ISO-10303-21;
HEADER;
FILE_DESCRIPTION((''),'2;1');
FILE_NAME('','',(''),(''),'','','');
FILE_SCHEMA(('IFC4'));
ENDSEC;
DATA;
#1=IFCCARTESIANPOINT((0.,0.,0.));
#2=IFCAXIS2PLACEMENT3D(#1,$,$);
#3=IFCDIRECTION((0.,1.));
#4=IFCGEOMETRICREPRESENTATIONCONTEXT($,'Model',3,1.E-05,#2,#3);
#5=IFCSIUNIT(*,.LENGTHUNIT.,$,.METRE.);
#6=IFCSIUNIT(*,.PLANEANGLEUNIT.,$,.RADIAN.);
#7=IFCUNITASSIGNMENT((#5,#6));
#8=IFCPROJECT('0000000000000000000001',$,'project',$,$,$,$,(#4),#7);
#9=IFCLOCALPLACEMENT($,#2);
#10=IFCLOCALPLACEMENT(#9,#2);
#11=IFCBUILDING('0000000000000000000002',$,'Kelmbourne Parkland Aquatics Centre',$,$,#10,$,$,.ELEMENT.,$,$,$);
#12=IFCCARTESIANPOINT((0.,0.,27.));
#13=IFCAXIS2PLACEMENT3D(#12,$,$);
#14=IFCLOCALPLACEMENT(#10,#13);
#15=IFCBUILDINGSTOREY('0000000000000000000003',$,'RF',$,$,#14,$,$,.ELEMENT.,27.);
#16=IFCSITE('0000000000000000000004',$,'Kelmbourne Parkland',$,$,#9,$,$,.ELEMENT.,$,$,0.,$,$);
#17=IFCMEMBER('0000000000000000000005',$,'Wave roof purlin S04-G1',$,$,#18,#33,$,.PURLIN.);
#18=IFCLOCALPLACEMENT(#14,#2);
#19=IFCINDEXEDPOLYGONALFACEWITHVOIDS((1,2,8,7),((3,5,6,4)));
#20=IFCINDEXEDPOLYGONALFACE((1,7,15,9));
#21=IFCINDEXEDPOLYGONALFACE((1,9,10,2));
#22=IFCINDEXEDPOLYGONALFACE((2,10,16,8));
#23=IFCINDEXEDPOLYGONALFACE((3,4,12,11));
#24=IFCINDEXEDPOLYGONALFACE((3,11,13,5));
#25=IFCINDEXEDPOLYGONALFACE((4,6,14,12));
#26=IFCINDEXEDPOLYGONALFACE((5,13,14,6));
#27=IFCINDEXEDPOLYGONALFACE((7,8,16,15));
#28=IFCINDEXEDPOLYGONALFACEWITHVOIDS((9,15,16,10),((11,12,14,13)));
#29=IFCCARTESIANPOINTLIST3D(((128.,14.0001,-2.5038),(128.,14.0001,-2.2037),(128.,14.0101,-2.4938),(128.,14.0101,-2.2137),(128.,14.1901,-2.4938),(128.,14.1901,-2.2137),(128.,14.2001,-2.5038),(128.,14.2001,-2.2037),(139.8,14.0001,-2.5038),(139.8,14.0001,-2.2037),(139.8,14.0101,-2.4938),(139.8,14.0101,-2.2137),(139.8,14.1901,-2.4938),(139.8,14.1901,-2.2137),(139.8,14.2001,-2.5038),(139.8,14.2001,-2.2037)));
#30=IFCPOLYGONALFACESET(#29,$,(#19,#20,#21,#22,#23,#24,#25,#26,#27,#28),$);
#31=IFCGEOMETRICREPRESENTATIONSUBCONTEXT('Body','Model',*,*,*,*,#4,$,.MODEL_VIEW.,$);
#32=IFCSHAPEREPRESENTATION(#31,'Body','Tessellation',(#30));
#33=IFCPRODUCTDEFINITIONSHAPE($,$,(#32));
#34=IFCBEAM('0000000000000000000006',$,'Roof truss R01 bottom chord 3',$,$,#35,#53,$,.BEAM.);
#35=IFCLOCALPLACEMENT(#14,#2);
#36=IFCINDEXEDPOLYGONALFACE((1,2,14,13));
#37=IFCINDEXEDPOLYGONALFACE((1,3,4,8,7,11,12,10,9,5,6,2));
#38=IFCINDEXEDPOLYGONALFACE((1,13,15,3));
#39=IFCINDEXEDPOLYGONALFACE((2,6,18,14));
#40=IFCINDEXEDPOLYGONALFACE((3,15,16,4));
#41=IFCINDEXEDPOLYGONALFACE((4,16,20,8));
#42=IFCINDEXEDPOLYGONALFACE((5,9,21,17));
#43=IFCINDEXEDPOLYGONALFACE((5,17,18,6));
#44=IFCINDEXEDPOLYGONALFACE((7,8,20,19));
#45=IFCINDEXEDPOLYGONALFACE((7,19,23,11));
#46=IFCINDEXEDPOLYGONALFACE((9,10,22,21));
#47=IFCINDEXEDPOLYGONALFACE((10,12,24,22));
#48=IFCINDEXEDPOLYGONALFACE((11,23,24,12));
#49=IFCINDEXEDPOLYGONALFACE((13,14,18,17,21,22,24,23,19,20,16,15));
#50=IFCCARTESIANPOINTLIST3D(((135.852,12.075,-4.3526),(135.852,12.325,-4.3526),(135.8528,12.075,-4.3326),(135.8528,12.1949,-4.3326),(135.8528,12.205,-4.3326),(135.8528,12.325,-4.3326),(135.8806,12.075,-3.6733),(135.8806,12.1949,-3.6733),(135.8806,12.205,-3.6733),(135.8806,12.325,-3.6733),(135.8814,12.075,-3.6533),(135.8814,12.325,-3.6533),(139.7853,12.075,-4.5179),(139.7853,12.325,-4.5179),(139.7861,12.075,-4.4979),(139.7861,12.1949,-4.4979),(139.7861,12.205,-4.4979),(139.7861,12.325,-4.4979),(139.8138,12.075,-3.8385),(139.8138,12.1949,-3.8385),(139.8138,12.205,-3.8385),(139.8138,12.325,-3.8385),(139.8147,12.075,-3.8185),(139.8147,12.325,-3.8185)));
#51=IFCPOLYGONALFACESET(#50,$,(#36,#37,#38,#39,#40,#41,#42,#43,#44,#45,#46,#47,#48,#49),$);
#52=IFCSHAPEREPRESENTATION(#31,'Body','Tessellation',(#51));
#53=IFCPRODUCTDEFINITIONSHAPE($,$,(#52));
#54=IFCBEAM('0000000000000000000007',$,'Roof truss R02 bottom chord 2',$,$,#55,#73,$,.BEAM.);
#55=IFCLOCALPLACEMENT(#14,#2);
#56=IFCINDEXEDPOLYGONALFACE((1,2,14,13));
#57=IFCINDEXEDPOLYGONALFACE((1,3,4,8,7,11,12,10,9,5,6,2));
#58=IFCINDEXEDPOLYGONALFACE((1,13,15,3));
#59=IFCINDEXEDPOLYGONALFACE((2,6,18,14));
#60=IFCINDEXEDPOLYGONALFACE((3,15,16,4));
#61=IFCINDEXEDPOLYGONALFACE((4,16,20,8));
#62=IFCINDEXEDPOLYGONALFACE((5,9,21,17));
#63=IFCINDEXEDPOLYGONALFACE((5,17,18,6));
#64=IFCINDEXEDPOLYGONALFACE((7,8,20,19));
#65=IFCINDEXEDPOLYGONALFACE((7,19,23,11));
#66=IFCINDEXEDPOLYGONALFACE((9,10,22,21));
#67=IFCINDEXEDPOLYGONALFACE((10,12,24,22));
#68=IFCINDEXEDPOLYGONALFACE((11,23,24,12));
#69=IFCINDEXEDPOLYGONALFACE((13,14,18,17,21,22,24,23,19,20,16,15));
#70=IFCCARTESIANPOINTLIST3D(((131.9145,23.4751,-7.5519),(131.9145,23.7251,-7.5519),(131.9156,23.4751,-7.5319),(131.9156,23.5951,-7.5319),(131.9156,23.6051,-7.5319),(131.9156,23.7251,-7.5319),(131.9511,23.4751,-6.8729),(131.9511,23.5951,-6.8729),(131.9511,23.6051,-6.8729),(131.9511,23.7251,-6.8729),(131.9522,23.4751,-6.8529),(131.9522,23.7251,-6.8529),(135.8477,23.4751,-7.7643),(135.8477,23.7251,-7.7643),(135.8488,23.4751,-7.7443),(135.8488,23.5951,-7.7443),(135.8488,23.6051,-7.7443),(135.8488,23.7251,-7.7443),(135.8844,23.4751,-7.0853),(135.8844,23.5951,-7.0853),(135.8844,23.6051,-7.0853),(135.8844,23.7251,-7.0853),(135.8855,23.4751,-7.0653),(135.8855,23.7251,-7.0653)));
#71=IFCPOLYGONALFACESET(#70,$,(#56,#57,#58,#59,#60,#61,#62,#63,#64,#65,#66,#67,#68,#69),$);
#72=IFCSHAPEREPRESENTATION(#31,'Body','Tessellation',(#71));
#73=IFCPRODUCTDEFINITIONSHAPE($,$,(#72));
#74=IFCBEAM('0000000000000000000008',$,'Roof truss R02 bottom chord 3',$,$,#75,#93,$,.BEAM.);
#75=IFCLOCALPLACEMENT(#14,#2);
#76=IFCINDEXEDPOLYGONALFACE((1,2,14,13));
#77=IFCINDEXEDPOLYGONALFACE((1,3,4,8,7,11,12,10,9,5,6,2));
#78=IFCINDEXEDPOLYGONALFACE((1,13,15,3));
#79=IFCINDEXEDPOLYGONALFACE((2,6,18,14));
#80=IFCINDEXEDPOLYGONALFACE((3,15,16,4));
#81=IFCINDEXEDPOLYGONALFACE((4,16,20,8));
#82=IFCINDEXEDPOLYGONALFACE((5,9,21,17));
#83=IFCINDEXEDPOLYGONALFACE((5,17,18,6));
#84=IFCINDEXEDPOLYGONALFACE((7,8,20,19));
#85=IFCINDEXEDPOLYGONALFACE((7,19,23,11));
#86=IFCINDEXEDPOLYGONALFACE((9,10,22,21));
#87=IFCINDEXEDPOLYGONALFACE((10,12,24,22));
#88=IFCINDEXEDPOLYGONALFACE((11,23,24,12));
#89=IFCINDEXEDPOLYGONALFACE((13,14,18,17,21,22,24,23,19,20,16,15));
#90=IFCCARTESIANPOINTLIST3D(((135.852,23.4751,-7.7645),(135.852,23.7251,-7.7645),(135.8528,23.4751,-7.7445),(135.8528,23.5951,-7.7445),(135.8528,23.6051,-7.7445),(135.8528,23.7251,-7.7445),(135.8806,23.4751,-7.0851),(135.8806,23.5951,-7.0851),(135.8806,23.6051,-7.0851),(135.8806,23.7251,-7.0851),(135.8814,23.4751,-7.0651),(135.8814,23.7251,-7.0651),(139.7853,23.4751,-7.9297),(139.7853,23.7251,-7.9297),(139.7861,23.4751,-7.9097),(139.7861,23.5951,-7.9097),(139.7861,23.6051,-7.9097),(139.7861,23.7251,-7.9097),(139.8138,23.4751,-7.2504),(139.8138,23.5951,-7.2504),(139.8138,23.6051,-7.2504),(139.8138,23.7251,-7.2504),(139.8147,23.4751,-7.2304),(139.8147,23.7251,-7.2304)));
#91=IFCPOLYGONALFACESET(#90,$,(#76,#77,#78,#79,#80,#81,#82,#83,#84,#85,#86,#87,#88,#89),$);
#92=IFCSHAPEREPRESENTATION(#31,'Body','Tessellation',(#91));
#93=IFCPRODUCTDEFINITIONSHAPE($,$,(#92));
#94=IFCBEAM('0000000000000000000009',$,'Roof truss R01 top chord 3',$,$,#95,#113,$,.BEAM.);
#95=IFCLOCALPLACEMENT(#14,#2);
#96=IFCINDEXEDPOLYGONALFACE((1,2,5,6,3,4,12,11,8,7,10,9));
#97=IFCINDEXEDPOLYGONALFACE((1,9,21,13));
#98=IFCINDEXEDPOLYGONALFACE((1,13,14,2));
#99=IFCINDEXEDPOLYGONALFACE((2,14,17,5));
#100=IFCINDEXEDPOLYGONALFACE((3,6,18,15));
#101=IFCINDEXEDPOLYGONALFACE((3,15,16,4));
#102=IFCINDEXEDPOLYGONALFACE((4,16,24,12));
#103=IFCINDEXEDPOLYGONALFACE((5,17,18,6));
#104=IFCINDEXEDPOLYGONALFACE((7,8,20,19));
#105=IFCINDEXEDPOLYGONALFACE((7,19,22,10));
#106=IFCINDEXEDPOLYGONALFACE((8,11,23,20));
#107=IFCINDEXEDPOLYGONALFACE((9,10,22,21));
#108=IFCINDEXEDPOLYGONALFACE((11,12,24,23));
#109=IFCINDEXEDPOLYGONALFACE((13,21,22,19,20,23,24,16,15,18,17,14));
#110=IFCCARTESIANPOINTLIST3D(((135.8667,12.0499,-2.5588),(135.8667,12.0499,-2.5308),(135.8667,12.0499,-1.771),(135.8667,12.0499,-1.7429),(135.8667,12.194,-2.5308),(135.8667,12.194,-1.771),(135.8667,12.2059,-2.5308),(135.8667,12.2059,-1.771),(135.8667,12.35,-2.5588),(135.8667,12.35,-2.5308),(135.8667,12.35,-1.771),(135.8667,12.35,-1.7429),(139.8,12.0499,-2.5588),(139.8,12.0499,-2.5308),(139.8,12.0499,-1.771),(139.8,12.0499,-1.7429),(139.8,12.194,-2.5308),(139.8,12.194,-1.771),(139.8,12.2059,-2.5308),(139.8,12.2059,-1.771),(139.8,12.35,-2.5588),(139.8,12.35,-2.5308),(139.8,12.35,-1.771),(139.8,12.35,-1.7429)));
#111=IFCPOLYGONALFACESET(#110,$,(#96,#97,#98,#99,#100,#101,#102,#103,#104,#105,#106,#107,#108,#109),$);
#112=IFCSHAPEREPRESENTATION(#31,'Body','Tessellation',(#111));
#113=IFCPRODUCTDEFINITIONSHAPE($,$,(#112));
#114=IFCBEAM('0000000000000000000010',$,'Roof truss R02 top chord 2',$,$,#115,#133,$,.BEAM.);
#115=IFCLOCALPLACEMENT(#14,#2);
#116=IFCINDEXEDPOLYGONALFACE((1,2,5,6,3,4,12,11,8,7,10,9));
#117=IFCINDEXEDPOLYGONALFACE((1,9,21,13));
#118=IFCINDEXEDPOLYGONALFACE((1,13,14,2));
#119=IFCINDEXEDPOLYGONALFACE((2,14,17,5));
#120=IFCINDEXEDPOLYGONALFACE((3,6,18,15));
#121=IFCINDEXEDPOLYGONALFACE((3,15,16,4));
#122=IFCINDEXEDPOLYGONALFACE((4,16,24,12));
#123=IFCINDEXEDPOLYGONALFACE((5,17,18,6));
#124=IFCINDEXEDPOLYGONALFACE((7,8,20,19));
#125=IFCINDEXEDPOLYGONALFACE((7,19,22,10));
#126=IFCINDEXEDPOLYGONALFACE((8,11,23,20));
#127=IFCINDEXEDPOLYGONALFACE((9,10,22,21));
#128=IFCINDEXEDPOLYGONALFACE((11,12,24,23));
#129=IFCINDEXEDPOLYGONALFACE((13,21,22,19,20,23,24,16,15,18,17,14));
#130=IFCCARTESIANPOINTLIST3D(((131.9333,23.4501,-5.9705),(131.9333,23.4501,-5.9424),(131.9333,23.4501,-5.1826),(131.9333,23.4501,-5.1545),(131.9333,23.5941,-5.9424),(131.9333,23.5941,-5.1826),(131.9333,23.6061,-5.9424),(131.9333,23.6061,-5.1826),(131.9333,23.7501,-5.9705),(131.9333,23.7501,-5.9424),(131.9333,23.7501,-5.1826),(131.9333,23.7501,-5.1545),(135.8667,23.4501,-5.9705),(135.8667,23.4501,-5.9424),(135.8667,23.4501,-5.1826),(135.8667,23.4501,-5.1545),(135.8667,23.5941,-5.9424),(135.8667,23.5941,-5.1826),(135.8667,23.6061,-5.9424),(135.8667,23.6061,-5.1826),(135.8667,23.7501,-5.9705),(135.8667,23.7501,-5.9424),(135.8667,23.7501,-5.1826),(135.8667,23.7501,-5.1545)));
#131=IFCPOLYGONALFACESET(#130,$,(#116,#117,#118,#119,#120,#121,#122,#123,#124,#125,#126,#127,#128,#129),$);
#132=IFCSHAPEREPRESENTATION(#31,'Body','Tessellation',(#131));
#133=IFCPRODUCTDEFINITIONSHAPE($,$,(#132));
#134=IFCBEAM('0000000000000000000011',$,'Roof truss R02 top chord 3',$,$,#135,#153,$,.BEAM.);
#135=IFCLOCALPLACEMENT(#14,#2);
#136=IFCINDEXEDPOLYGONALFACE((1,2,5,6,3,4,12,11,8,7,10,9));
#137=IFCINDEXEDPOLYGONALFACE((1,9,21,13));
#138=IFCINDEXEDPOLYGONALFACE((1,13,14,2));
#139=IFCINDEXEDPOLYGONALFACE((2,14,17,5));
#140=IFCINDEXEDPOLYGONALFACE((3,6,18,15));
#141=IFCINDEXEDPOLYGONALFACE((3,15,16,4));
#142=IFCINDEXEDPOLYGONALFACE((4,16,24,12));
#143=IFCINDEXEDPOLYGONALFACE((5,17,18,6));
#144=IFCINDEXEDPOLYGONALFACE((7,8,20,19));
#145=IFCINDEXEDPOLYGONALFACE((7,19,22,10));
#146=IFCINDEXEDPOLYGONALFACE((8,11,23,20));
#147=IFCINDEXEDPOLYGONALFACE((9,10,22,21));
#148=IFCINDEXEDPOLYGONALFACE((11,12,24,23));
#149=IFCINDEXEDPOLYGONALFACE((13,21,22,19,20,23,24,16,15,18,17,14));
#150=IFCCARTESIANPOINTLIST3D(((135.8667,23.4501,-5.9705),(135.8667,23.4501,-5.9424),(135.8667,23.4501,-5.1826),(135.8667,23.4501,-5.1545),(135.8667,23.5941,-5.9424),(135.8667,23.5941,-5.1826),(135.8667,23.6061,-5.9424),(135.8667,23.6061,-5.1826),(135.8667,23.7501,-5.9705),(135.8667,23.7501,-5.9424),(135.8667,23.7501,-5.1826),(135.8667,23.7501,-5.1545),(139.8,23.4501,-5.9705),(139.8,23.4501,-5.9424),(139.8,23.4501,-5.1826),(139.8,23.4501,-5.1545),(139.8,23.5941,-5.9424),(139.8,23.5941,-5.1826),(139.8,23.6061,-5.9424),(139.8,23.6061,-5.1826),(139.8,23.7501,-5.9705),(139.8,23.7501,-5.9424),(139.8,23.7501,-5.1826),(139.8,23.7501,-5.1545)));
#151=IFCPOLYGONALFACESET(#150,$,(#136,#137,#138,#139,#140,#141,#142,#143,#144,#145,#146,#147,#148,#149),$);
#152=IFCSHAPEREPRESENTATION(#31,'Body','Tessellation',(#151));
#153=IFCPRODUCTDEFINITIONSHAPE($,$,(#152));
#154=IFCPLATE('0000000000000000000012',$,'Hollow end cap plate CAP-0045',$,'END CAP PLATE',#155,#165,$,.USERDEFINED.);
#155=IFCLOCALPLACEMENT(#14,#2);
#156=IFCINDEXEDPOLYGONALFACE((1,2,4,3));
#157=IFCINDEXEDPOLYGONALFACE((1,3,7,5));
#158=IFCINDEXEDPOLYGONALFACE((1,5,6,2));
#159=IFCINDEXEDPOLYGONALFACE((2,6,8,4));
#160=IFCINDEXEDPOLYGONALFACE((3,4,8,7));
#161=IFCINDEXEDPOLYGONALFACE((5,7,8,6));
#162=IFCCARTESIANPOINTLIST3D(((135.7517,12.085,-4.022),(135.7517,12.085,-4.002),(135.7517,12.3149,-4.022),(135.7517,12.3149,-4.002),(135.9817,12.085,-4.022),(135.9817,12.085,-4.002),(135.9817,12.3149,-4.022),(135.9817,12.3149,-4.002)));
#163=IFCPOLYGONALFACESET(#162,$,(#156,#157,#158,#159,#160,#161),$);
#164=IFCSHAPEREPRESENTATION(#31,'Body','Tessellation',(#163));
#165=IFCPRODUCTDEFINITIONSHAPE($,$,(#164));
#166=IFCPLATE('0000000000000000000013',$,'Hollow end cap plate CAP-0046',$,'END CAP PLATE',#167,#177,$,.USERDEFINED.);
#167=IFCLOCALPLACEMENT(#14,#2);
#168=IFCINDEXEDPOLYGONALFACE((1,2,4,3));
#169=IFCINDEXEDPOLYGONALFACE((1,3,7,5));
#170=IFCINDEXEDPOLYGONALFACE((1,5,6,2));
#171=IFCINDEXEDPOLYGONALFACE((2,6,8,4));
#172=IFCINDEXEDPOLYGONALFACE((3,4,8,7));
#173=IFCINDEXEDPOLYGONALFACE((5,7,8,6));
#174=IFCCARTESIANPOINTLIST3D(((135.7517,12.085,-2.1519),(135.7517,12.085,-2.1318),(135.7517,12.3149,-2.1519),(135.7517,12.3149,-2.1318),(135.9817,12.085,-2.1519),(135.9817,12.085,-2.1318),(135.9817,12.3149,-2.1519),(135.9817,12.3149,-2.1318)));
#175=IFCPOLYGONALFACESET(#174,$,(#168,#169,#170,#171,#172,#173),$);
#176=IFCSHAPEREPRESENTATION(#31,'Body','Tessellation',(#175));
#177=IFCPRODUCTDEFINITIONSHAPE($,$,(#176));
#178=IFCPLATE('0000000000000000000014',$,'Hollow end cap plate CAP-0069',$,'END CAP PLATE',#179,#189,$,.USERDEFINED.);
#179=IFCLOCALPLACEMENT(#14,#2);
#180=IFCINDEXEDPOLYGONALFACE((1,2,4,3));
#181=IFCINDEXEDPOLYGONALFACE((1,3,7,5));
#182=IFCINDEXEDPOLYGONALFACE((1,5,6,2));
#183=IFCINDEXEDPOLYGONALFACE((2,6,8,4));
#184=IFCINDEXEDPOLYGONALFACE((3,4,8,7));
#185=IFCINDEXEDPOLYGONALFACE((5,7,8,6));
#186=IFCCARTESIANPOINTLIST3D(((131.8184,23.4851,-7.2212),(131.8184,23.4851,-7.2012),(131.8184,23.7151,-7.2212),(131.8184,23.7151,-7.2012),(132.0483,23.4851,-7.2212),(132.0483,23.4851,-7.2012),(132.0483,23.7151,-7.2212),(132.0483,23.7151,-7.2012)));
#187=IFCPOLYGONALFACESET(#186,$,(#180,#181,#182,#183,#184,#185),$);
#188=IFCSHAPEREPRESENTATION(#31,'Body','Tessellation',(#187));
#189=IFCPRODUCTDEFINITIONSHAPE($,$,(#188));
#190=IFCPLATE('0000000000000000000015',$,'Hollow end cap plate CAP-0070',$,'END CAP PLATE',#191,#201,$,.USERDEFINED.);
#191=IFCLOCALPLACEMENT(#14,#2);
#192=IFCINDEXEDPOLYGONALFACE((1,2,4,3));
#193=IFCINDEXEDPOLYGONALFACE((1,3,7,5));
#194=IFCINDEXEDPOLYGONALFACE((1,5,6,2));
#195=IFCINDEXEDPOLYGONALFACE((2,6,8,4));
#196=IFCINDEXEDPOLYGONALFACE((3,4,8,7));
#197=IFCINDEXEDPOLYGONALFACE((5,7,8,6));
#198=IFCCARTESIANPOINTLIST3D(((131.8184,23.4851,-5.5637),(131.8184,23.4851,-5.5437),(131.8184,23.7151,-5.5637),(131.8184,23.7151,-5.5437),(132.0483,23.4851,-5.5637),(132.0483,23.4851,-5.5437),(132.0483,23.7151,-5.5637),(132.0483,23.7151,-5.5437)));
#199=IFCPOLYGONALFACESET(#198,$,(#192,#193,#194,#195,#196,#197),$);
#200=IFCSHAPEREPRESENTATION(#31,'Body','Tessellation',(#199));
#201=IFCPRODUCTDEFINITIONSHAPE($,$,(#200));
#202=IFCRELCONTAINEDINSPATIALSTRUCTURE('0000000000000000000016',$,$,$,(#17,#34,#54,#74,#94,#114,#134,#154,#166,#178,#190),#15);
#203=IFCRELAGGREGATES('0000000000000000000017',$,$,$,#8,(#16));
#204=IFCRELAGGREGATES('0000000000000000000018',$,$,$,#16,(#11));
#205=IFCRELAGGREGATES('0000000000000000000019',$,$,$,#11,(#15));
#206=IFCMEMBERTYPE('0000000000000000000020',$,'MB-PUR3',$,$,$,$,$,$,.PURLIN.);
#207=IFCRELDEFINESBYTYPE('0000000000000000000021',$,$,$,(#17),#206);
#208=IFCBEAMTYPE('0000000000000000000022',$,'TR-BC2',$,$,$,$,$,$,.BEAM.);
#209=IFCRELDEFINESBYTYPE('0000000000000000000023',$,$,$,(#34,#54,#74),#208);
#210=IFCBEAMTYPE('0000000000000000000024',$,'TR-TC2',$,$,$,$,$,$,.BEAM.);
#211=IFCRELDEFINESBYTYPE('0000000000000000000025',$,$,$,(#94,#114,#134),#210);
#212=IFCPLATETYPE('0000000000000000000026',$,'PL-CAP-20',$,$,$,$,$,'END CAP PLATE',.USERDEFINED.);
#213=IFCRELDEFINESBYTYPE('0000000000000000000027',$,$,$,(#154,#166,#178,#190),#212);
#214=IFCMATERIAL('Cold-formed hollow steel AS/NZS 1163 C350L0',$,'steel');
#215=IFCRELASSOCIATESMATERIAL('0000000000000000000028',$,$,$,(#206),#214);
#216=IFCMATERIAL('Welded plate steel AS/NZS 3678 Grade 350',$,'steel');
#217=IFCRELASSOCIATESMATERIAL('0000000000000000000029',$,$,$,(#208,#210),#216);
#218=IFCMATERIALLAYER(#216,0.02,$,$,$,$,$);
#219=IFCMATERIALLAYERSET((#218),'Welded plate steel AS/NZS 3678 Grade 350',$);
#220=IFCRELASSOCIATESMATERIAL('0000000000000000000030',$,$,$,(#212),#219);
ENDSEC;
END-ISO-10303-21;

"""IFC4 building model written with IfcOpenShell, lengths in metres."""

from ifc_helpers import new_model, si_unit, direction, frame, origin, origin_2d, place, context, subcontext, project, spatial, rectangle, hollow_rectangle, i_section, extrude, material, layer, layer_set, material_profile, profile_set, type_object, element, save


model = new_model("IFC4")

# Units and contexts
model_context = context("Model", 3, precision=1e-05, world=origin(), true_north=direction((0.0, 1.0)))
body_context = subcontext(model_context, "Body", "Model", "MODEL_VIEW")
ifc_project = project(units=[si_unit("LENGTHUNIT", "METRE"), si_unit("PLANEANGLEUNIT", "RADIAN")], contexts=[model_context])

# Site, building, storey
site_placement = place(None, origin())
site = spatial("IfcSite", under=ifc_project, at=site_placement, Name="Kelmbourne Parkland", CompositionType="ELEMENT", RefElevation=0.0)
building_placement = place(site_placement, origin())
building = spatial("IfcBuilding", under=site, at=building_placement, Name="Kelmbourne Parkland Aquatics Centre", CompositionType="ELEMENT")
storey_placement = place(building_placement, frame((0.0, 0.0, 27.0)))
storey = spatial("IfcBuildingStorey", under=building, at=storey_placement, Name="RF", CompositionType="ELEMENT", Elevation=27.0)

# Member
ifc_material_1 = material(Name="Cold-formed hollow steel AS/NZS 1163 C350L0", Category="steel")
ifc_material_profile_1 = material_profile(ifc_material_1, hollow_rectangle(XDim=0.2, YDim=0.3, WallThickness=0.01, at=origin_2d()), Name="RHS 300x200x10.0")
ifc_profile_set_1 = profile_set([ifc_material_profile_1], Name="Cold-formed hollow steel AS/NZS 1163 C350L0")
member_type_1 = type_object("IfcMemberType", Name="MB-PUR3", PredefinedType="PURLIN", material=ifc_profile_set_1)
member_1_placement = place(storey_placement, frame((128.0, 14.1001, -2.3538), z_axis=(1.0, 0.0, 0.0), x_axis=(0.0, 1.0, 0.0)))
element("IfcMember", 1, at=member_1_placement, inside=storey, type_object=member_type_1, Name="Wave roof purlin S04-G1", PredefinedType="PURLIN", context=body_context, shape_type="SweptSolid", body=[
    extrude(hollow_rectangle(XDim=0.2, YDim=0.3, WallThickness=0.01, at=origin_2d()), origin(), (0.0, 0.0, 1.0), 11.8),
])

# Beams
ifc_material_2 = material(Name="Welded plate steel AS/NZS 3678 Grade 350", Category="steel")
ifc_material_profile_2 = material_profile(ifc_material_2, i_section(OverallWidth=0.25, OverallDepth=0.7, WebThickness=0.01, FlangeThickness=0.02, at=origin_2d()), Name="700WB130")
ifc_profile_set_2 = profile_set([ifc_material_profile_2], Name="Welded plate steel AS/NZS 3678 Grade 350")
beam_type_1 = type_object("IfcBeamType", Name="TR-BC2", PredefinedType="BEAM", material=ifc_profile_set_2)
beam_1_placement = place(storey_placement, frame((135.8667, 12.2, -4.0029), z_axis=(0.999118, 0.0, -0.041984), x_axis=(0.0, 1.0, 0.0)))
element("IfcBeam", 2, at=beam_1_placement, inside=storey, type_object=beam_type_1, Name="Roof truss R01 bottom chord 3", PredefinedType="BEAM", context=body_context, shape_type="SweptSolid", body=[
    extrude(i_section(OverallWidth=0.25, OverallDepth=0.7, WebThickness=0.01, FlangeThickness=0.02, at=origin_2d()), origin(), (0.0, 0.0, 1.0), 3.9368),
])
beam_2_placement = place(storey_placement, frame((131.9333, 23.6001, -7.2024), z_axis=(0.998545, 0.0, -0.053922), x_axis=(0.0, 1.0, 0.0)))
element("IfcBeam", 3, at=beam_2_placement, inside=storey, type_object=beam_type_1, Name="Roof truss R02 bottom chord 2", PredefinedType="BEAM", context=body_context, shape_type="SweptSolid", body=[
    extrude(i_section(OverallWidth=0.25, OverallDepth=0.7, WebThickness=0.01, FlangeThickness=0.02, at=origin_2d()), origin(), (0.0, 0.0, 1.0), 3.939),
])
beam_3_placement = place(storey_placement, frame((135.8667, 23.6001, -7.4148), z_axis=(0.999118, 0.0, -0.041984), x_axis=(0.0, 1.0, 0.0)))
element("IfcBeam", 4, at=beam_3_placement, inside=storey, type_object=beam_type_1, Name="Roof truss R02 bottom chord 3", PredefinedType="BEAM", context=body_context, shape_type="SweptSolid", body=[
    extrude(i_section(OverallWidth=0.25, OverallDepth=0.7, WebThickness=0.01, FlangeThickness=0.02, at=origin_2d()), origin(), (0.0, 0.0, 1.0), 3.9368),
])
ifc_material_profile_3 = material_profile(ifc_material_2, i_section(OverallWidth=0.3, OverallDepth=0.8159, WebThickness=0.012, FlangeThickness=0.0281, at=origin_2d()), Name="800WB192")
ifc_profile_set_3 = profile_set([ifc_material_profile_3], Name="Welded plate steel AS/NZS 3678 Grade 350")
beam_type_2 = type_object("IfcBeamType", Name="TR-TC2", PredefinedType="BEAM", material=ifc_profile_set_3)
for number, where, z_axis, x_axis, name in (
    (5, (135.8667, 12.2, -2.1509), (1.0, 0.0, 0.0), (0.0, 1.0, 0.0), "Roof truss R01 top chord 3"),
    (6, (131.9333, 23.6001, -5.5625), (1.0, 0.0, 0.0), (0.0, 1.0, 0.0), "Roof truss R02 top chord 2"),
    (7, (135.8667, 23.6001, -5.5625), (1.0, 0.0, 0.0), (0.0, 1.0, 0.0), "Roof truss R02 top chord 3"),
):
    element("IfcBeam", number, at=place(storey_placement, frame(where, z_axis=z_axis, x_axis=x_axis)), inside=storey, type_object=beam_type_2, Name=name, PredefinedType="BEAM", context=body_context, shape_type="SweptSolid", body=[
        extrude(i_section(OverallWidth=0.3, OverallDepth=0.8159, WebThickness=0.012, FlangeThickness=0.0281, at=origin_2d()), origin(), (0.0, 0.0, 1.0), 3.9333),
    ])

# Plates
ifc_layer_1 = layer(ifc_material_2, 0.02)
ifc_layer_set_1 = layer_set([ifc_layer_1], Name="Welded plate steel AS/NZS 3678 Grade 350")
plate_type_1 = type_object("IfcPlateType", Name="PL-CAP-20", ElementType="END CAP PLATE", PredefinedType="USERDEFINED", material=ifc_layer_set_1)
for number, where, z_axis, x_axis, name in (
    (8, (135.8667, 12.2, -4.022), (0.0, 0.0, 1.0), (1.0, 0.0, 0.0), "Hollow end cap plate CAP-0045"),
    (9, (135.8667, 12.2, -2.1519), (0.0, 0.0, 1.0), (1.0, 0.0, 0.0), "Hollow end cap plate CAP-0046"),
    (10, (131.9333, 23.6001, -7.2212), (0.0, 0.0, 1.0), (1.0, 0.0, 0.0), "Hollow end cap plate CAP-0069"),
    (11, (131.9333, 23.6001, -5.5637), (0.0, 0.0, 1.0), (1.0, 0.0, 0.0), "Hollow end cap plate CAP-0070"),
):
    element("IfcPlate", number, at=place(storey_placement, frame(where, z_axis=z_axis, x_axis=x_axis)), inside=storey, type_object=plate_type_1, Name=name, ObjectType="END CAP PLATE", PredefinedType="USERDEFINED", context=body_context, shape_type="SweptSolid", body=[
        extrude(rectangle(XDim=0.23, YDim=0.23, at=origin_2d()), origin(), (0.0, 0.0, 1.0), 0.02),
    ])

save(model, "model.ifc")
